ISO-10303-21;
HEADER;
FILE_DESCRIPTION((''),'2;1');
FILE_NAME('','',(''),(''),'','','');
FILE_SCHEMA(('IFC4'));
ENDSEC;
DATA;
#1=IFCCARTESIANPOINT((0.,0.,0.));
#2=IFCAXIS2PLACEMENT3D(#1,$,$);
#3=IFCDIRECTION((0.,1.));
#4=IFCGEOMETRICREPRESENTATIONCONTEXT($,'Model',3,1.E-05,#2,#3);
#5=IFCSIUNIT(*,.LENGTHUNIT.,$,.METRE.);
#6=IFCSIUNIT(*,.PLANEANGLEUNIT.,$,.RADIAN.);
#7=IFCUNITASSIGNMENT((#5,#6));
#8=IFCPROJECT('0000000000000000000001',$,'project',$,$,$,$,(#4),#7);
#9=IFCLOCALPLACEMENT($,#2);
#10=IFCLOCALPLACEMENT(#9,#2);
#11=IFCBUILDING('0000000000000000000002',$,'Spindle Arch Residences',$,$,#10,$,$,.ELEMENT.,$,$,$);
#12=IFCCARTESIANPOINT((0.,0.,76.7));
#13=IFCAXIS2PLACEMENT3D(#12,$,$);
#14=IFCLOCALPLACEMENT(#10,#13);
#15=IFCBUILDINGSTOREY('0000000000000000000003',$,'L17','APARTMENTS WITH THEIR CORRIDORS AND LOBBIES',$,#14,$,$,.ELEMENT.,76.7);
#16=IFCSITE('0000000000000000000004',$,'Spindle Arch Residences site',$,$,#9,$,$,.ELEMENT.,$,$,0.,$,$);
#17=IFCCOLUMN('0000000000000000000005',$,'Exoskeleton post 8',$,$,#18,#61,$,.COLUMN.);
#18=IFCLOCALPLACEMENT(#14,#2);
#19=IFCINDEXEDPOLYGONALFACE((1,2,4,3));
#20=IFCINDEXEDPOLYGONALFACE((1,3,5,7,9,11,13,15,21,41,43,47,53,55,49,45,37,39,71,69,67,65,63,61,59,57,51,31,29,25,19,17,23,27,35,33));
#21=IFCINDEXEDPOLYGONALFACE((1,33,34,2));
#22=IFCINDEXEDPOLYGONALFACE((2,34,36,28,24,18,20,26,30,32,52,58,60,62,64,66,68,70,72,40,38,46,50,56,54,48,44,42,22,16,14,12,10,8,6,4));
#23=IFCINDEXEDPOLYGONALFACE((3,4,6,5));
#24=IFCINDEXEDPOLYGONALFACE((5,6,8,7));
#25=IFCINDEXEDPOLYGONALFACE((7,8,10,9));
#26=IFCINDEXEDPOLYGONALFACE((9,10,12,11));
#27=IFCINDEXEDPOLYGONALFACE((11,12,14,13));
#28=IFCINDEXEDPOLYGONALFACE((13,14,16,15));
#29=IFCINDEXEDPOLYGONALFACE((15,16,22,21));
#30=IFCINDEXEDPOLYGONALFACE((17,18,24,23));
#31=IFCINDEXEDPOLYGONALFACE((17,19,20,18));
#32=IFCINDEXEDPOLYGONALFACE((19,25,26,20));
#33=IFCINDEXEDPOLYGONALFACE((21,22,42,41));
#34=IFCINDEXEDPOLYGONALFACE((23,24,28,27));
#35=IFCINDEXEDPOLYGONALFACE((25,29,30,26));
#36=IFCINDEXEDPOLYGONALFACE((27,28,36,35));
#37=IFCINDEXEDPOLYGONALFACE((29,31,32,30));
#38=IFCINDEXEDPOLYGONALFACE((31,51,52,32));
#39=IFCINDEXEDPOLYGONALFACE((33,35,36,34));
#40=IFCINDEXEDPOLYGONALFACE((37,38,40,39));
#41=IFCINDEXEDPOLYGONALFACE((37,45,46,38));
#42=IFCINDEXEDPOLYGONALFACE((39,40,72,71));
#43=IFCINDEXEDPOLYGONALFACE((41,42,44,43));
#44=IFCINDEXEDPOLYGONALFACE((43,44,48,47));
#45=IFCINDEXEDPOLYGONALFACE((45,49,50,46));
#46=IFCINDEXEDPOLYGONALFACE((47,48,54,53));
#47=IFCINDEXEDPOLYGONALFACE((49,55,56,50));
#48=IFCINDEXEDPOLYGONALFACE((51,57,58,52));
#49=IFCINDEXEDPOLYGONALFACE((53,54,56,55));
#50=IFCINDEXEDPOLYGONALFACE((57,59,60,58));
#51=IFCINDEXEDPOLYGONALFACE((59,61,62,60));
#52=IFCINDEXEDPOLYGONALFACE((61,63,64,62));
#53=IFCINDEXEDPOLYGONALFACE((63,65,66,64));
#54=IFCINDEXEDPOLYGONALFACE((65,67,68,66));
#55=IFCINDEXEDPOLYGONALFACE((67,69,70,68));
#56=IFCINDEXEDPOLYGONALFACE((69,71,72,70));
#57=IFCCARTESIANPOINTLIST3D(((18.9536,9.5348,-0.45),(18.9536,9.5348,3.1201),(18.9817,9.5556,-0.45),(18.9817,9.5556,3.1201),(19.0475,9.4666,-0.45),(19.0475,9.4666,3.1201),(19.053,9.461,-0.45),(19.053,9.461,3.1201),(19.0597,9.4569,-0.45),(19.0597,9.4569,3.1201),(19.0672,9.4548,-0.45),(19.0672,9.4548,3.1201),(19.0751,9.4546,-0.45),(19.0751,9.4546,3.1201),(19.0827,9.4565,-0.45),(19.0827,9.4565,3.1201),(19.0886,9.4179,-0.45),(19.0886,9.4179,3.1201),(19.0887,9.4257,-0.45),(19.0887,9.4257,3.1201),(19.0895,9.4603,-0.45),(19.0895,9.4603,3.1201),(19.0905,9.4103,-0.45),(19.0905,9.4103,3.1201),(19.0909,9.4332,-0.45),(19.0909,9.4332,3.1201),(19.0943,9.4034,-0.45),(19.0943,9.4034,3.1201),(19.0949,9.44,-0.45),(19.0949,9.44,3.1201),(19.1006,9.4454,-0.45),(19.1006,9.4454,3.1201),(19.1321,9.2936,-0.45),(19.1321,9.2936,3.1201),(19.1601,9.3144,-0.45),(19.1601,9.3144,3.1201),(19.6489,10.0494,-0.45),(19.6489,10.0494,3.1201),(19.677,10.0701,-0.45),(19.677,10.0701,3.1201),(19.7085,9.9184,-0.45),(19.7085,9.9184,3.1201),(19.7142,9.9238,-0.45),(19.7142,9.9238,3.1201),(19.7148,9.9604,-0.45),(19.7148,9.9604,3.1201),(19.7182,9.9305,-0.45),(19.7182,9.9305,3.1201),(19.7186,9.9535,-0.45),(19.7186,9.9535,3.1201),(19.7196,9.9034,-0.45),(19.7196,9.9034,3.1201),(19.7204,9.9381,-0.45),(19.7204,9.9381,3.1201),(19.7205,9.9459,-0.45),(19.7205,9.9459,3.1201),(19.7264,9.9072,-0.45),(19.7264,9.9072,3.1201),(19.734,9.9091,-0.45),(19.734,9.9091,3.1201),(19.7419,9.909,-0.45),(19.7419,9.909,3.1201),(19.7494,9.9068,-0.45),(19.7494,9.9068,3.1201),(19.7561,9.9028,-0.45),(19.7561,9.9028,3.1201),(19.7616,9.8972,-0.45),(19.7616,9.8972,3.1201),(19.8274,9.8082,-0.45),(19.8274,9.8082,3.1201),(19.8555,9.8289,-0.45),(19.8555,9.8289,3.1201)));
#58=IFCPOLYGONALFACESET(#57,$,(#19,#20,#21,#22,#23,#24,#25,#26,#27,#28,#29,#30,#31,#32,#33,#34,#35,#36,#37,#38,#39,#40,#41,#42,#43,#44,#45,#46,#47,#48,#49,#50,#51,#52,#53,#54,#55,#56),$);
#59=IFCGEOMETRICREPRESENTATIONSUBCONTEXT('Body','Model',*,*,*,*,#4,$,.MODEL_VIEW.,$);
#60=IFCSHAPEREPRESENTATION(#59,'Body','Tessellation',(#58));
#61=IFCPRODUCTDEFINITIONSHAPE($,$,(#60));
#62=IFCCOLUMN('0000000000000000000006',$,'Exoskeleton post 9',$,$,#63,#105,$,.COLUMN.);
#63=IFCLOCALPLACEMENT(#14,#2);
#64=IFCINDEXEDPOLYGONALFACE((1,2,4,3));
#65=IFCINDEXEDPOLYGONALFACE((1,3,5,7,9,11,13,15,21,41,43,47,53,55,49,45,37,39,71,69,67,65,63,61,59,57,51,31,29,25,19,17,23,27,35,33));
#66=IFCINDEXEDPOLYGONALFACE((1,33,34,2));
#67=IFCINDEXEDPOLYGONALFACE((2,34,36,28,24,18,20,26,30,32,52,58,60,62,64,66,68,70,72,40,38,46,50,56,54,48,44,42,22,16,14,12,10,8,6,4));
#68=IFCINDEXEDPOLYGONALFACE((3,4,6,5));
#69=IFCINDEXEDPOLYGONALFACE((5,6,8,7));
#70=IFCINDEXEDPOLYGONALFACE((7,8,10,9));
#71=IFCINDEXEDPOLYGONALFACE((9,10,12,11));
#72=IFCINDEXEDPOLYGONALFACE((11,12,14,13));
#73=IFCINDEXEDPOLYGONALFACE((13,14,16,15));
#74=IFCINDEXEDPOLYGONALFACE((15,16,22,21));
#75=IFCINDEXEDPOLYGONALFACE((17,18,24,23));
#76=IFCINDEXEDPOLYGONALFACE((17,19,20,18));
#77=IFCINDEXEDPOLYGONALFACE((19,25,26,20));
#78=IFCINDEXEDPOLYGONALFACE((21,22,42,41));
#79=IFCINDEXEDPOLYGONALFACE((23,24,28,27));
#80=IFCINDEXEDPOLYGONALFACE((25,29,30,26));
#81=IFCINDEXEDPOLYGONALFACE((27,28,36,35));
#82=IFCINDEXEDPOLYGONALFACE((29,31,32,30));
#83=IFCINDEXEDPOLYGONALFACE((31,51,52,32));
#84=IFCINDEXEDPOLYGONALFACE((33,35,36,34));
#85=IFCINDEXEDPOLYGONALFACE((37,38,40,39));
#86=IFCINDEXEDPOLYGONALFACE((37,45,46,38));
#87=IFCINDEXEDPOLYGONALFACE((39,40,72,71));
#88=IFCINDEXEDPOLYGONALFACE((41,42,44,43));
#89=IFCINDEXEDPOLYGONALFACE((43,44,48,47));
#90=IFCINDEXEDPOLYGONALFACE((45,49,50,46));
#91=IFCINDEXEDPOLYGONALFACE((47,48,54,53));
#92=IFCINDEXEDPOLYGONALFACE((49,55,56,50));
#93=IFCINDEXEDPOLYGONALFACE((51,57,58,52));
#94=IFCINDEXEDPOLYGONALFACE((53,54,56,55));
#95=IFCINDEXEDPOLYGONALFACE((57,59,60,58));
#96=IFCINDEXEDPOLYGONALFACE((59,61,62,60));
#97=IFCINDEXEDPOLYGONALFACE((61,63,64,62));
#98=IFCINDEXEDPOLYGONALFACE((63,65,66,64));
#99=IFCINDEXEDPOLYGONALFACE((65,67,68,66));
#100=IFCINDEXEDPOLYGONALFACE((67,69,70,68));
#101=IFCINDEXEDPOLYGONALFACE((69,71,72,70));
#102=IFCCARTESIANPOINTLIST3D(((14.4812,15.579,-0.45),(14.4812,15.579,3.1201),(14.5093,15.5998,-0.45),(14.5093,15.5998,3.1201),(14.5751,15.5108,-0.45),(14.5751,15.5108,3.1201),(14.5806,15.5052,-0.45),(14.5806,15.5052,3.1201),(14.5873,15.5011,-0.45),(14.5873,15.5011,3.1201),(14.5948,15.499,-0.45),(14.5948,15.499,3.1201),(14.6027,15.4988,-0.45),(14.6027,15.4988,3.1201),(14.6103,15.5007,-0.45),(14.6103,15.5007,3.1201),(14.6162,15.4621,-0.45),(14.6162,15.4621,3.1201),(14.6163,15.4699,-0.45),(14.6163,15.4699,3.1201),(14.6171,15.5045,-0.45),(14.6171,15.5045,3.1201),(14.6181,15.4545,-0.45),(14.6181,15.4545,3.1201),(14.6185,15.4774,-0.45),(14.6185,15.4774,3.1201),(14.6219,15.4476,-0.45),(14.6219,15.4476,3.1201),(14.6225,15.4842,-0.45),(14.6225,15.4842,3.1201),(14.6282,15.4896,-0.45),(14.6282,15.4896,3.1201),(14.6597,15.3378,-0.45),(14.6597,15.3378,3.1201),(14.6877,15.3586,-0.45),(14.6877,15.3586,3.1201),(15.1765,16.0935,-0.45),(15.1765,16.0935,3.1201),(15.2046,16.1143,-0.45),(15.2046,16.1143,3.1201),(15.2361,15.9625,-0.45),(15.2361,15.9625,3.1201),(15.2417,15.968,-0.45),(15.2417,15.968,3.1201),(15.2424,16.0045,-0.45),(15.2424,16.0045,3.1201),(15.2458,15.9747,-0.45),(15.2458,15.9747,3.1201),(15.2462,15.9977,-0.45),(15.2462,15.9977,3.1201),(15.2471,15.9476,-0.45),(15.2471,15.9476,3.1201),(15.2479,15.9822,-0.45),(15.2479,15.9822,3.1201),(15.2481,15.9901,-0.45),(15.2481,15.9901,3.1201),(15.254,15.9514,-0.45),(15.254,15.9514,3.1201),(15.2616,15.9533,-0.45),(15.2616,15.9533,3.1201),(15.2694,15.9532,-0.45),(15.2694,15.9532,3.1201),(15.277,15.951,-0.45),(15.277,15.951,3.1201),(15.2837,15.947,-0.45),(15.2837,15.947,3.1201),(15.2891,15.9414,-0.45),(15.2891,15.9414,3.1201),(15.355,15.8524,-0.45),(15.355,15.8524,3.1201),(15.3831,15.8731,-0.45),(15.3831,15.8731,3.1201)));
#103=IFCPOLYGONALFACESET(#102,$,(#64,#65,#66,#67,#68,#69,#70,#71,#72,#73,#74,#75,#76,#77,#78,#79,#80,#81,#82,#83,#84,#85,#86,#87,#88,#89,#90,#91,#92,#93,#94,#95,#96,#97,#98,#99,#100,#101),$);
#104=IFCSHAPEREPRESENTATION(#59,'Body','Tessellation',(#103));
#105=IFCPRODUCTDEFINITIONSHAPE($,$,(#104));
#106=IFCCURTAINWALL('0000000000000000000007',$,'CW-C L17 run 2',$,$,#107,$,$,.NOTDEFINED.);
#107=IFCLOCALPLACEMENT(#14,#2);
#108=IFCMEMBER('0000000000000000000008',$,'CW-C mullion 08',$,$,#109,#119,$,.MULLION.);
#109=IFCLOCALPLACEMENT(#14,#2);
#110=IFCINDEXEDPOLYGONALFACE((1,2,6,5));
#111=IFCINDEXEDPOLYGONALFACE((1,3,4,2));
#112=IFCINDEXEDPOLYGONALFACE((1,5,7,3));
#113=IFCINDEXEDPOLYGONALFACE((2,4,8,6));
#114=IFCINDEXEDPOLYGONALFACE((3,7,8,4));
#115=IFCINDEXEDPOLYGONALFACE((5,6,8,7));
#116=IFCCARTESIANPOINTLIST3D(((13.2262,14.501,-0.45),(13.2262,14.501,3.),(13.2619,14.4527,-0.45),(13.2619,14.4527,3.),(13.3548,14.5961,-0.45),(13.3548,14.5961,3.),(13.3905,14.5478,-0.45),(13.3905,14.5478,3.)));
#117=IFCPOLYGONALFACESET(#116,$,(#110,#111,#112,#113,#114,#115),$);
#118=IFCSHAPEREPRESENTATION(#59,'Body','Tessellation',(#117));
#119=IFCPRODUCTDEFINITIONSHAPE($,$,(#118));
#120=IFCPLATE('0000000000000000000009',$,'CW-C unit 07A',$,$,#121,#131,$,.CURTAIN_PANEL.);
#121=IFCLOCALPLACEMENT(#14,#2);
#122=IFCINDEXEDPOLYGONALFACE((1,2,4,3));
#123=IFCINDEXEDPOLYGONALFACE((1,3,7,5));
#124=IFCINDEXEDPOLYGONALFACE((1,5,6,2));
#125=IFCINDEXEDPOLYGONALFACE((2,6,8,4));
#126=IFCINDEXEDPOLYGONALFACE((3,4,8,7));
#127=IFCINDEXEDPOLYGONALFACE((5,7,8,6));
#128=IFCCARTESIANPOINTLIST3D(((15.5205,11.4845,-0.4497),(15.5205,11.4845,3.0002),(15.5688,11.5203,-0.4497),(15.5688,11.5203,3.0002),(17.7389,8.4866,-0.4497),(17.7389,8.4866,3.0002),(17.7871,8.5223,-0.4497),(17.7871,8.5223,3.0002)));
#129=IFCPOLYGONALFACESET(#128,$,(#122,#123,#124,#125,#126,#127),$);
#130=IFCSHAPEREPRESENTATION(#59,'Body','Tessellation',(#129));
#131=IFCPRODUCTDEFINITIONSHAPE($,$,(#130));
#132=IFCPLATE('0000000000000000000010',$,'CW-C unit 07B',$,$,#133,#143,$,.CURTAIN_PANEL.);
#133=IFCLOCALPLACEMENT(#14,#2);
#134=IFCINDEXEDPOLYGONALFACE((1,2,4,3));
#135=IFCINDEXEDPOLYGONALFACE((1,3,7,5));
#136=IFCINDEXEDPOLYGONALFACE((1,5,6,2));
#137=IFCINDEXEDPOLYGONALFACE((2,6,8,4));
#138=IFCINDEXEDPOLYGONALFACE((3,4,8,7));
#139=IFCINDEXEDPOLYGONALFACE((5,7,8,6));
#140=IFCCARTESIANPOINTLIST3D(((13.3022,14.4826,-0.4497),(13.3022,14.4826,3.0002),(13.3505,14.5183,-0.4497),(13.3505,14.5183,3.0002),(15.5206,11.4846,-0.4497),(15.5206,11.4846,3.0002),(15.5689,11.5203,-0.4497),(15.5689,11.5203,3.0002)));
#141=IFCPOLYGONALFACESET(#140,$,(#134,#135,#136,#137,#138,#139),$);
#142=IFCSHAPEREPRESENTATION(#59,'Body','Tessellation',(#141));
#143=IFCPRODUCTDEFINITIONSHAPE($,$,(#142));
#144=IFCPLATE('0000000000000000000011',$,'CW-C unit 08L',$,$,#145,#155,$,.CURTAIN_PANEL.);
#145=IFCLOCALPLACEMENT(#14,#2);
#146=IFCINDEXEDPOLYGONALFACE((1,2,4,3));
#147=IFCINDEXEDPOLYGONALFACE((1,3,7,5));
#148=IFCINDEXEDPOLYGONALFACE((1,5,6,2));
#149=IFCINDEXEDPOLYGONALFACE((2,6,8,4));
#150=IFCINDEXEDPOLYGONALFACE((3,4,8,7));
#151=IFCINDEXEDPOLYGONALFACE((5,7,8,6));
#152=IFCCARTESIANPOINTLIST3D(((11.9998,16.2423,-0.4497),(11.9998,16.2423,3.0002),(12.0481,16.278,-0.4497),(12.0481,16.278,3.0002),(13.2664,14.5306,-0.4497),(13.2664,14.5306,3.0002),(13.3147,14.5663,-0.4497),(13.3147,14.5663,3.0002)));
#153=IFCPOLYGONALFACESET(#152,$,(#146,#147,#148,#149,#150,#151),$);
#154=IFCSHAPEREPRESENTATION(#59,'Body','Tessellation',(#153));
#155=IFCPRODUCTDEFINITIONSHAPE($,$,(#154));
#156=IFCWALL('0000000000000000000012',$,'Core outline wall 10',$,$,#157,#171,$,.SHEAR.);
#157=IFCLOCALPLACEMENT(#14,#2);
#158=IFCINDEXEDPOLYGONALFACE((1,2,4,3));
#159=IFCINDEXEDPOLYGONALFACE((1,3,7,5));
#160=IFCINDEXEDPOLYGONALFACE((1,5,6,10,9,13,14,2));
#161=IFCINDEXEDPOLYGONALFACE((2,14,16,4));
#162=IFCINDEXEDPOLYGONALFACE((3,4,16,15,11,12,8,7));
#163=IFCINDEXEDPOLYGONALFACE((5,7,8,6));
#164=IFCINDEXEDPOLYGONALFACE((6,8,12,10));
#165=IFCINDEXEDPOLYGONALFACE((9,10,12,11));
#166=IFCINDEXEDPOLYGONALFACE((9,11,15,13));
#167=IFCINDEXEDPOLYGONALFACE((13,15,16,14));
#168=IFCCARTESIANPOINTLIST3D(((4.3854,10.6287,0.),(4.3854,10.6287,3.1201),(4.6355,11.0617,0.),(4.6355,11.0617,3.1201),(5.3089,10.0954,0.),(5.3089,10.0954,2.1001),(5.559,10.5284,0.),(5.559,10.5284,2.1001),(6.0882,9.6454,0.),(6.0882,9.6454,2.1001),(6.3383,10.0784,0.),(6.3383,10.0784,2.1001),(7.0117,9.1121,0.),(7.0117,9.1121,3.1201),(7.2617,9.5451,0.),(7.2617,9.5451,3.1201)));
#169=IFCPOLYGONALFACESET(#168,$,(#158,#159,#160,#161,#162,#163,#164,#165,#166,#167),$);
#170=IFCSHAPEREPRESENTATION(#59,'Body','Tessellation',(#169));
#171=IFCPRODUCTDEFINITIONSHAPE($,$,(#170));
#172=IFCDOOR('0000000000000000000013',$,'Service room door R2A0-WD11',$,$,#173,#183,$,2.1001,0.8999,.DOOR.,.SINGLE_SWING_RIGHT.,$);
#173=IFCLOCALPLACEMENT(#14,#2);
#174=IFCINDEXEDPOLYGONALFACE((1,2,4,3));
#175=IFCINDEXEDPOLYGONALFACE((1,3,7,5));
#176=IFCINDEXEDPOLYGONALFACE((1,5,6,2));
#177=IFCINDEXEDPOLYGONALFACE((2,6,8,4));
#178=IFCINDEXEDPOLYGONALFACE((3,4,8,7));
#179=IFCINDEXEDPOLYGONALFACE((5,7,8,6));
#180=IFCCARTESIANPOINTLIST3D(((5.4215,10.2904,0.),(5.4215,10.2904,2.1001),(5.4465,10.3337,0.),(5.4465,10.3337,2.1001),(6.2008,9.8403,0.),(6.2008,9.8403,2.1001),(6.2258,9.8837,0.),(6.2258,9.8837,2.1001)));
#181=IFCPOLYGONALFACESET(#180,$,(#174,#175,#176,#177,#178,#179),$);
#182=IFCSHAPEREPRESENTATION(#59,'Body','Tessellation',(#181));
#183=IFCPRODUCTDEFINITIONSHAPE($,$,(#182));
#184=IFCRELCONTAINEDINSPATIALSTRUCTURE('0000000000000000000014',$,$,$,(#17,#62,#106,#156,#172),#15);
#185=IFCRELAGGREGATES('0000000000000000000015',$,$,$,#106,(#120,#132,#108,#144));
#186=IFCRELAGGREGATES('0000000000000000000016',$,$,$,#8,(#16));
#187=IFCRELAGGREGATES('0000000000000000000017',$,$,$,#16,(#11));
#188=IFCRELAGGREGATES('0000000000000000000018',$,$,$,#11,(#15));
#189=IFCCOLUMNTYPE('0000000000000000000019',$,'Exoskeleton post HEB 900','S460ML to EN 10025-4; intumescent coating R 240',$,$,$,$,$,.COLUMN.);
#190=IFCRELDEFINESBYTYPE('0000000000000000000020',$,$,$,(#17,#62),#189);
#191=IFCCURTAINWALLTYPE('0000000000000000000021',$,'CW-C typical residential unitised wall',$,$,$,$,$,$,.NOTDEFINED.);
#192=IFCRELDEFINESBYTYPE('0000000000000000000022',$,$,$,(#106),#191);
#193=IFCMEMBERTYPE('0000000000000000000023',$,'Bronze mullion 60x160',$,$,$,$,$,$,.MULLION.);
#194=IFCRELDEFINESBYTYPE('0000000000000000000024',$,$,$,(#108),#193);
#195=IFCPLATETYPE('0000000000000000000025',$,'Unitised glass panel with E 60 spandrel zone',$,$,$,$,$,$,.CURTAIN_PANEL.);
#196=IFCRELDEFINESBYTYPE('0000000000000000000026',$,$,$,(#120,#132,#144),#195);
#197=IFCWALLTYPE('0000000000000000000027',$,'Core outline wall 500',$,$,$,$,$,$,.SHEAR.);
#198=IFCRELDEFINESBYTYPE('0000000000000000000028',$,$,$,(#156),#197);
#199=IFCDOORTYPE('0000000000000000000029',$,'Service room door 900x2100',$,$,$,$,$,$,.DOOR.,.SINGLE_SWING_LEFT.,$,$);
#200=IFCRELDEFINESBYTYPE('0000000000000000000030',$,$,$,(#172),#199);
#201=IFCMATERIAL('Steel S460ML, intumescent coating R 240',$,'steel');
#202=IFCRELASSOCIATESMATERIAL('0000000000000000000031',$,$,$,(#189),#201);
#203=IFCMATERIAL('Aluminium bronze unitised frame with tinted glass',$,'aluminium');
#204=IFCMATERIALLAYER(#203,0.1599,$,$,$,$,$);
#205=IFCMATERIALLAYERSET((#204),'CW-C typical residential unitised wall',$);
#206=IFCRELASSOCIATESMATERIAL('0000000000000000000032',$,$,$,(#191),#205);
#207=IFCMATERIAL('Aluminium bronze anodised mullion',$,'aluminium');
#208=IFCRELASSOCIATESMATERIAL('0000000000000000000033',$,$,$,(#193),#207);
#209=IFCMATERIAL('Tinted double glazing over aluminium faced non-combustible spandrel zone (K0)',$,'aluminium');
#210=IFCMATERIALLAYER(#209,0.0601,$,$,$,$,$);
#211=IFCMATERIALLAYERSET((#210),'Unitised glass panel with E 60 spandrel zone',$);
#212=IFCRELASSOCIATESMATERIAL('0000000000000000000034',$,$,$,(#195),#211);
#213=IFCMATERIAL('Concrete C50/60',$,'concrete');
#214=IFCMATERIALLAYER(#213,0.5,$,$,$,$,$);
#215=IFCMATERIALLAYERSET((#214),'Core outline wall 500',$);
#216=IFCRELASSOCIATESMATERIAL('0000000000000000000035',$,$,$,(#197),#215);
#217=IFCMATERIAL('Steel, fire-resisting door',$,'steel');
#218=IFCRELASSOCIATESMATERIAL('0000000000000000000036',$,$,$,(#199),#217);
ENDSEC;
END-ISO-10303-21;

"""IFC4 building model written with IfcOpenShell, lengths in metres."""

from ifc_helpers import new_model, si_unit, direction, frame, frame_2d, origin, origin_2d, place, context, subcontext, project, spatial, rectangle, i_section, extrude, material, layer, layer_set, material_profile, profile_set, type_object, element, fill, aggregate, save


model = new_model("IFC4")

# Units and contexts
model_context = context("Model", 3, precision=1e-05, world=origin(), true_north=direction((0.0, 1.0)))
body_context = subcontext(model_context, "Body", "Model", "MODEL_VIEW")
ifc_project = project(units=[si_unit("LENGTHUNIT", "METRE"), si_unit("PLANEANGLEUNIT", "RADIAN")], contexts=[model_context])

# Site, building, storey
site_placement = place(None, origin())
site = spatial("IfcSite", under=ifc_project, at=site_placement, Name="Spindle Arch Residences site", CompositionType="ELEMENT", RefElevation=0.0)
building_placement = place(site_placement, origin())
building = spatial("IfcBuilding", under=site, at=building_placement, Name="Spindle Arch Residences", CompositionType="ELEMENT")
storey_placement = place(building_placement, frame((0.0, 0.0, 76.7)))
storey = spatial("IfcBuildingStorey", under=building, at=storey_placement, Name="L17", Description="APARTMENTS WITH THEIR CORRIDORS AND LOBBIES", CompositionType="ELEMENT", Elevation=76.7)

# Columns
ifc_material_1 = material(Name="Steel S460ML, intumescent coating R 240", Category="steel")
ifc_material_profile_1 = material_profile(ifc_material_1, i_section(OverallWidth=0.3, OverallDepth=0.8999, WebThickness=0.0186, FlangeThickness=0.0349, FilletRadius=0.03, at=origin_2d()), Name="HEB 900")
ifc_profile_set_1 = profile_set([ifc_material_profile_1], Name="Steel S460ML, intumescent coating R 240")
column_type = type_object("IfcColumnType", Name="Exoskeleton post HEB 900", Description="S460ML to EN 10025-4; intumescent coating R 240", PredefinedType="COLUMN", material=ifc_profile_set_1)
for number, where, z_axis, x_axis, name in (
    (1, (19.4045, 9.6819, -0.45), (0.0, 0.0, 1.0), (0.594823, -0.803857, 0.0), "Exoskeleton post 8"),
    (2, (14.9321, 15.7261, -0.45), (0.0, 0.0, 1.0), (0.594823, -0.803857, 0.0), "Exoskeleton post 9"),
):
    element("IfcColumn", number, at=place(storey_placement, frame(where, z_axis=z_axis, x_axis=x_axis)), inside=storey, type_object=column_type, Name=name, PredefinedType="COLUMN", context=body_context, shape_type="SweptSolid", body=[
        extrude(i_section(OverallWidth=0.3, OverallDepth=0.8999, WebThickness=0.0186, FlangeThickness=0.0349, FilletRadius=0.03, at=origin_2d()), origin(), (0.0, 0.0, 1.0), 3.5701),
    ])

# Curtain wall, member, plates
ifc_material_2 = material(Name="Aluminium bronze unitised frame with tinted glass", Category="aluminium")
ifc_layer_1 = layer(ifc_material_2, 0.1599)
ifc_layer_set_1 = layer_set([ifc_layer_1], Name="CW-C typical residential unitised wall")
curtain_wall_type = type_object("IfcCurtainWallType", Name="CW-C typical residential unitised wall", PredefinedType="NOTDEFINED", material=ifc_layer_set_1)
curtain_wall_placement = place(storey_placement, origin())
curtain_wall = element("IfcCurtainWall", 3, at=curtain_wall_placement, inside=storey, type_object=curtain_wall_type, Name="CW-C L17 run 2", PredefinedType="NOTDEFINED")
ifc_material_3 = material(Name="Aluminium bronze anodised mullion", Category="aluminium")
ifc_material_profile_2 = material_profile(ifc_material_3, rectangle(XDim=0.1599, YDim=0.0601, at=origin_2d()), Name="MU 60x160")
ifc_profile_set_2 = profile_set([ifc_material_profile_2], Name="Aluminium bronze anodised mullion")
member_type = type_object("IfcMemberType", Name="Bronze mullion 60x160", PredefinedType="MULLION", material=ifc_profile_set_2)
member_placement = place(storey_placement, frame((13.3083, 14.5244, -0.45), z_axis=(0.0, 0.0, 1.0), x_axis=(-0.803857, -0.594823, 0.0)))
member = element("IfcMember", 4, at=member_placement, type_object=member_type, Name="CW-C mullion 08", PredefinedType="MULLION", context=body_context, shape_type="SweptSolid", body=[
    extrude(rectangle(XDim=0.1599, YDim=0.0601, at=origin_2d()), origin(), (0.0, 0.0, 1.0), 3.45),
])
ifc_material_4 = material(Name="Tinted double glazing over aluminium faced non-combustible spandrel zone (K0)", Category="aluminium")
ifc_layer_2 = layer(ifc_material_4, 0.0601)
ifc_layer_set_2 = layer_set([ifc_layer_2], Name="Unitised glass panel with E 60 spandrel zone")
plate_type = type_object("IfcPlateType", Name="Unitised glass panel with E 60 spandrel zone", PredefinedType="CURTAIN_PANEL", material=ifc_layer_set_2)
plate_1_placement = place(storey_placement, frame((16.6538, 10.0034, -0.4497), z_axis=(0.0, 0.0, 1.0), x_axis=(-0.594823, 0.803857, 0.0)))
plate_1 = element("IfcPlate", 5, at=plate_1_placement, type_object=plate_type, Name="CW-C unit 07A", PredefinedType="CURTAIN_PANEL", context=body_context, shape_type="SweptSolid", body=[
    extrude(rectangle(XDim=3.7295, YDim=0.0601, at=origin_2d()), origin(), (0.0, 0.0, 1.0), 3.45),
])
plate_2_placement = place(storey_placement, frame((14.4355, 13.0015, -0.4497), z_axis=(0.0, 0.0, 1.0), x_axis=(-0.594823, 0.803857, 0.0)))
plate_2 = element("IfcPlate", 6, at=plate_2_placement, type_object=plate_type, Name="CW-C unit 07B", PredefinedType="CURTAIN_PANEL", context=body_context, shape_type="SweptSolid", body=[
    extrude(rectangle(XDim=3.7295, YDim=0.0601, at=origin_2d()), origin(), (0.0, 0.0, 1.0), 3.45),
])
plate_3_placement = place(storey_placement, frame((12.6572, 15.4043, -0.4497), z_axis=(0.0, 0.0, 1.0), x_axis=(-0.594823, 0.803857, 0.0)))
plate_3 = element("IfcPlate", 7, at=plate_3_placement, type_object=plate_type, Name="CW-C unit 08L", PredefinedType="CURTAIN_PANEL", context=body_context, shape_type="SweptSolid", body=[
    extrude(rectangle(XDim=2.1294, YDim=0.0601, at=origin_2d()), origin(), (0.0, 0.0, 1.0), 3.45),
])
aggregate(curtain_wall, [plate_1, plate_2, member, plate_3])

# Wall, opening, door
ifc_material_5 = material(Name="Concrete C50/60", Category="concrete")
ifc_layer_3 = layer(ifc_material_5, 0.5)
ifc_layer_set_3 = layer_set([ifc_layer_3], Name="Core outline wall 500")
wall_type_1 = type_object("IfcWallType", Name="Core outline wall 500", PredefinedType="SHEAR", material=ifc_layer_set_3)
wall_1_placement = place(storey_placement, frame((7.1367, 9.3286, 0.0), z_axis=(0.0, 0.0, 1.0), x_axis=(-0.865975, 0.500087, 0.0)))
wall_1 = element("IfcWall", 8, at=wall_1_placement, inside=storey, type_object=wall_type_1, Name="Core outline wall 10", PredefinedType="SHEAR", context=body_context, shape_type="SweptSolid", body=[
    extrude(rectangle(XDim=3.0327, YDim=0.5, at=frame_2d((1.5164, 0.0))), origin(), (0.0, 0.0, 1.0), 3.1201),
])
opening_1_placement = place(wall_1_placement, frame((1.0664, 0.0, 0.0)))
opening_1 = element("IfcOpeningElement", 9, at=opening_1_placement, cuts=wall_1, PredefinedType="OPENING", context=body_context, shape_type="SweptSolid", body=[
    extrude(rectangle(XDim=0.8999, YDim=2.1001, at=frame_2d((0.45, 1.05))), frame((0.0, 0.26, 0.0), z_axis=(0.0, -1.0, 0.0), x_axis=(1.0, 0.0, 0.0)), (0.0, 0.0, 1.0), 0.52),
])
ifc_material_6 = material(Name="Steel, fire-resisting door", Category="steel")
door_type_1 = type_object("IfcDoorType", Name="Service room door 900x2100", OperationType="SINGLE_SWING_LEFT", PredefinedType="DOOR", material=ifc_material_6)
door_1_placement = place(opening_1_placement, origin())
door_1 = element("IfcDoor", 10, at=door_1_placement, inside=storey, type_object=door_type_1, Name="Service room door R2A0-WD11", OperationType="SINGLE_SWING_RIGHT", OverallHeight=2.1001, OverallWidth=0.8999, PredefinedType="DOOR", context=body_context, shape_type="SweptSolid", body=[
    extrude(rectangle(XDim=0.8999, YDim=2.1001, at=frame_2d((0.45, 1.05))), frame((0.0, 0.0249, 0.0), z_axis=(0.0, -1.0, 0.0), x_axis=(1.0, 0.0, 0.0)), (0.0, 0.0, 1.0), 0.05),
])
fill(opening_1, door_1)

save(model, "model.ifc")
